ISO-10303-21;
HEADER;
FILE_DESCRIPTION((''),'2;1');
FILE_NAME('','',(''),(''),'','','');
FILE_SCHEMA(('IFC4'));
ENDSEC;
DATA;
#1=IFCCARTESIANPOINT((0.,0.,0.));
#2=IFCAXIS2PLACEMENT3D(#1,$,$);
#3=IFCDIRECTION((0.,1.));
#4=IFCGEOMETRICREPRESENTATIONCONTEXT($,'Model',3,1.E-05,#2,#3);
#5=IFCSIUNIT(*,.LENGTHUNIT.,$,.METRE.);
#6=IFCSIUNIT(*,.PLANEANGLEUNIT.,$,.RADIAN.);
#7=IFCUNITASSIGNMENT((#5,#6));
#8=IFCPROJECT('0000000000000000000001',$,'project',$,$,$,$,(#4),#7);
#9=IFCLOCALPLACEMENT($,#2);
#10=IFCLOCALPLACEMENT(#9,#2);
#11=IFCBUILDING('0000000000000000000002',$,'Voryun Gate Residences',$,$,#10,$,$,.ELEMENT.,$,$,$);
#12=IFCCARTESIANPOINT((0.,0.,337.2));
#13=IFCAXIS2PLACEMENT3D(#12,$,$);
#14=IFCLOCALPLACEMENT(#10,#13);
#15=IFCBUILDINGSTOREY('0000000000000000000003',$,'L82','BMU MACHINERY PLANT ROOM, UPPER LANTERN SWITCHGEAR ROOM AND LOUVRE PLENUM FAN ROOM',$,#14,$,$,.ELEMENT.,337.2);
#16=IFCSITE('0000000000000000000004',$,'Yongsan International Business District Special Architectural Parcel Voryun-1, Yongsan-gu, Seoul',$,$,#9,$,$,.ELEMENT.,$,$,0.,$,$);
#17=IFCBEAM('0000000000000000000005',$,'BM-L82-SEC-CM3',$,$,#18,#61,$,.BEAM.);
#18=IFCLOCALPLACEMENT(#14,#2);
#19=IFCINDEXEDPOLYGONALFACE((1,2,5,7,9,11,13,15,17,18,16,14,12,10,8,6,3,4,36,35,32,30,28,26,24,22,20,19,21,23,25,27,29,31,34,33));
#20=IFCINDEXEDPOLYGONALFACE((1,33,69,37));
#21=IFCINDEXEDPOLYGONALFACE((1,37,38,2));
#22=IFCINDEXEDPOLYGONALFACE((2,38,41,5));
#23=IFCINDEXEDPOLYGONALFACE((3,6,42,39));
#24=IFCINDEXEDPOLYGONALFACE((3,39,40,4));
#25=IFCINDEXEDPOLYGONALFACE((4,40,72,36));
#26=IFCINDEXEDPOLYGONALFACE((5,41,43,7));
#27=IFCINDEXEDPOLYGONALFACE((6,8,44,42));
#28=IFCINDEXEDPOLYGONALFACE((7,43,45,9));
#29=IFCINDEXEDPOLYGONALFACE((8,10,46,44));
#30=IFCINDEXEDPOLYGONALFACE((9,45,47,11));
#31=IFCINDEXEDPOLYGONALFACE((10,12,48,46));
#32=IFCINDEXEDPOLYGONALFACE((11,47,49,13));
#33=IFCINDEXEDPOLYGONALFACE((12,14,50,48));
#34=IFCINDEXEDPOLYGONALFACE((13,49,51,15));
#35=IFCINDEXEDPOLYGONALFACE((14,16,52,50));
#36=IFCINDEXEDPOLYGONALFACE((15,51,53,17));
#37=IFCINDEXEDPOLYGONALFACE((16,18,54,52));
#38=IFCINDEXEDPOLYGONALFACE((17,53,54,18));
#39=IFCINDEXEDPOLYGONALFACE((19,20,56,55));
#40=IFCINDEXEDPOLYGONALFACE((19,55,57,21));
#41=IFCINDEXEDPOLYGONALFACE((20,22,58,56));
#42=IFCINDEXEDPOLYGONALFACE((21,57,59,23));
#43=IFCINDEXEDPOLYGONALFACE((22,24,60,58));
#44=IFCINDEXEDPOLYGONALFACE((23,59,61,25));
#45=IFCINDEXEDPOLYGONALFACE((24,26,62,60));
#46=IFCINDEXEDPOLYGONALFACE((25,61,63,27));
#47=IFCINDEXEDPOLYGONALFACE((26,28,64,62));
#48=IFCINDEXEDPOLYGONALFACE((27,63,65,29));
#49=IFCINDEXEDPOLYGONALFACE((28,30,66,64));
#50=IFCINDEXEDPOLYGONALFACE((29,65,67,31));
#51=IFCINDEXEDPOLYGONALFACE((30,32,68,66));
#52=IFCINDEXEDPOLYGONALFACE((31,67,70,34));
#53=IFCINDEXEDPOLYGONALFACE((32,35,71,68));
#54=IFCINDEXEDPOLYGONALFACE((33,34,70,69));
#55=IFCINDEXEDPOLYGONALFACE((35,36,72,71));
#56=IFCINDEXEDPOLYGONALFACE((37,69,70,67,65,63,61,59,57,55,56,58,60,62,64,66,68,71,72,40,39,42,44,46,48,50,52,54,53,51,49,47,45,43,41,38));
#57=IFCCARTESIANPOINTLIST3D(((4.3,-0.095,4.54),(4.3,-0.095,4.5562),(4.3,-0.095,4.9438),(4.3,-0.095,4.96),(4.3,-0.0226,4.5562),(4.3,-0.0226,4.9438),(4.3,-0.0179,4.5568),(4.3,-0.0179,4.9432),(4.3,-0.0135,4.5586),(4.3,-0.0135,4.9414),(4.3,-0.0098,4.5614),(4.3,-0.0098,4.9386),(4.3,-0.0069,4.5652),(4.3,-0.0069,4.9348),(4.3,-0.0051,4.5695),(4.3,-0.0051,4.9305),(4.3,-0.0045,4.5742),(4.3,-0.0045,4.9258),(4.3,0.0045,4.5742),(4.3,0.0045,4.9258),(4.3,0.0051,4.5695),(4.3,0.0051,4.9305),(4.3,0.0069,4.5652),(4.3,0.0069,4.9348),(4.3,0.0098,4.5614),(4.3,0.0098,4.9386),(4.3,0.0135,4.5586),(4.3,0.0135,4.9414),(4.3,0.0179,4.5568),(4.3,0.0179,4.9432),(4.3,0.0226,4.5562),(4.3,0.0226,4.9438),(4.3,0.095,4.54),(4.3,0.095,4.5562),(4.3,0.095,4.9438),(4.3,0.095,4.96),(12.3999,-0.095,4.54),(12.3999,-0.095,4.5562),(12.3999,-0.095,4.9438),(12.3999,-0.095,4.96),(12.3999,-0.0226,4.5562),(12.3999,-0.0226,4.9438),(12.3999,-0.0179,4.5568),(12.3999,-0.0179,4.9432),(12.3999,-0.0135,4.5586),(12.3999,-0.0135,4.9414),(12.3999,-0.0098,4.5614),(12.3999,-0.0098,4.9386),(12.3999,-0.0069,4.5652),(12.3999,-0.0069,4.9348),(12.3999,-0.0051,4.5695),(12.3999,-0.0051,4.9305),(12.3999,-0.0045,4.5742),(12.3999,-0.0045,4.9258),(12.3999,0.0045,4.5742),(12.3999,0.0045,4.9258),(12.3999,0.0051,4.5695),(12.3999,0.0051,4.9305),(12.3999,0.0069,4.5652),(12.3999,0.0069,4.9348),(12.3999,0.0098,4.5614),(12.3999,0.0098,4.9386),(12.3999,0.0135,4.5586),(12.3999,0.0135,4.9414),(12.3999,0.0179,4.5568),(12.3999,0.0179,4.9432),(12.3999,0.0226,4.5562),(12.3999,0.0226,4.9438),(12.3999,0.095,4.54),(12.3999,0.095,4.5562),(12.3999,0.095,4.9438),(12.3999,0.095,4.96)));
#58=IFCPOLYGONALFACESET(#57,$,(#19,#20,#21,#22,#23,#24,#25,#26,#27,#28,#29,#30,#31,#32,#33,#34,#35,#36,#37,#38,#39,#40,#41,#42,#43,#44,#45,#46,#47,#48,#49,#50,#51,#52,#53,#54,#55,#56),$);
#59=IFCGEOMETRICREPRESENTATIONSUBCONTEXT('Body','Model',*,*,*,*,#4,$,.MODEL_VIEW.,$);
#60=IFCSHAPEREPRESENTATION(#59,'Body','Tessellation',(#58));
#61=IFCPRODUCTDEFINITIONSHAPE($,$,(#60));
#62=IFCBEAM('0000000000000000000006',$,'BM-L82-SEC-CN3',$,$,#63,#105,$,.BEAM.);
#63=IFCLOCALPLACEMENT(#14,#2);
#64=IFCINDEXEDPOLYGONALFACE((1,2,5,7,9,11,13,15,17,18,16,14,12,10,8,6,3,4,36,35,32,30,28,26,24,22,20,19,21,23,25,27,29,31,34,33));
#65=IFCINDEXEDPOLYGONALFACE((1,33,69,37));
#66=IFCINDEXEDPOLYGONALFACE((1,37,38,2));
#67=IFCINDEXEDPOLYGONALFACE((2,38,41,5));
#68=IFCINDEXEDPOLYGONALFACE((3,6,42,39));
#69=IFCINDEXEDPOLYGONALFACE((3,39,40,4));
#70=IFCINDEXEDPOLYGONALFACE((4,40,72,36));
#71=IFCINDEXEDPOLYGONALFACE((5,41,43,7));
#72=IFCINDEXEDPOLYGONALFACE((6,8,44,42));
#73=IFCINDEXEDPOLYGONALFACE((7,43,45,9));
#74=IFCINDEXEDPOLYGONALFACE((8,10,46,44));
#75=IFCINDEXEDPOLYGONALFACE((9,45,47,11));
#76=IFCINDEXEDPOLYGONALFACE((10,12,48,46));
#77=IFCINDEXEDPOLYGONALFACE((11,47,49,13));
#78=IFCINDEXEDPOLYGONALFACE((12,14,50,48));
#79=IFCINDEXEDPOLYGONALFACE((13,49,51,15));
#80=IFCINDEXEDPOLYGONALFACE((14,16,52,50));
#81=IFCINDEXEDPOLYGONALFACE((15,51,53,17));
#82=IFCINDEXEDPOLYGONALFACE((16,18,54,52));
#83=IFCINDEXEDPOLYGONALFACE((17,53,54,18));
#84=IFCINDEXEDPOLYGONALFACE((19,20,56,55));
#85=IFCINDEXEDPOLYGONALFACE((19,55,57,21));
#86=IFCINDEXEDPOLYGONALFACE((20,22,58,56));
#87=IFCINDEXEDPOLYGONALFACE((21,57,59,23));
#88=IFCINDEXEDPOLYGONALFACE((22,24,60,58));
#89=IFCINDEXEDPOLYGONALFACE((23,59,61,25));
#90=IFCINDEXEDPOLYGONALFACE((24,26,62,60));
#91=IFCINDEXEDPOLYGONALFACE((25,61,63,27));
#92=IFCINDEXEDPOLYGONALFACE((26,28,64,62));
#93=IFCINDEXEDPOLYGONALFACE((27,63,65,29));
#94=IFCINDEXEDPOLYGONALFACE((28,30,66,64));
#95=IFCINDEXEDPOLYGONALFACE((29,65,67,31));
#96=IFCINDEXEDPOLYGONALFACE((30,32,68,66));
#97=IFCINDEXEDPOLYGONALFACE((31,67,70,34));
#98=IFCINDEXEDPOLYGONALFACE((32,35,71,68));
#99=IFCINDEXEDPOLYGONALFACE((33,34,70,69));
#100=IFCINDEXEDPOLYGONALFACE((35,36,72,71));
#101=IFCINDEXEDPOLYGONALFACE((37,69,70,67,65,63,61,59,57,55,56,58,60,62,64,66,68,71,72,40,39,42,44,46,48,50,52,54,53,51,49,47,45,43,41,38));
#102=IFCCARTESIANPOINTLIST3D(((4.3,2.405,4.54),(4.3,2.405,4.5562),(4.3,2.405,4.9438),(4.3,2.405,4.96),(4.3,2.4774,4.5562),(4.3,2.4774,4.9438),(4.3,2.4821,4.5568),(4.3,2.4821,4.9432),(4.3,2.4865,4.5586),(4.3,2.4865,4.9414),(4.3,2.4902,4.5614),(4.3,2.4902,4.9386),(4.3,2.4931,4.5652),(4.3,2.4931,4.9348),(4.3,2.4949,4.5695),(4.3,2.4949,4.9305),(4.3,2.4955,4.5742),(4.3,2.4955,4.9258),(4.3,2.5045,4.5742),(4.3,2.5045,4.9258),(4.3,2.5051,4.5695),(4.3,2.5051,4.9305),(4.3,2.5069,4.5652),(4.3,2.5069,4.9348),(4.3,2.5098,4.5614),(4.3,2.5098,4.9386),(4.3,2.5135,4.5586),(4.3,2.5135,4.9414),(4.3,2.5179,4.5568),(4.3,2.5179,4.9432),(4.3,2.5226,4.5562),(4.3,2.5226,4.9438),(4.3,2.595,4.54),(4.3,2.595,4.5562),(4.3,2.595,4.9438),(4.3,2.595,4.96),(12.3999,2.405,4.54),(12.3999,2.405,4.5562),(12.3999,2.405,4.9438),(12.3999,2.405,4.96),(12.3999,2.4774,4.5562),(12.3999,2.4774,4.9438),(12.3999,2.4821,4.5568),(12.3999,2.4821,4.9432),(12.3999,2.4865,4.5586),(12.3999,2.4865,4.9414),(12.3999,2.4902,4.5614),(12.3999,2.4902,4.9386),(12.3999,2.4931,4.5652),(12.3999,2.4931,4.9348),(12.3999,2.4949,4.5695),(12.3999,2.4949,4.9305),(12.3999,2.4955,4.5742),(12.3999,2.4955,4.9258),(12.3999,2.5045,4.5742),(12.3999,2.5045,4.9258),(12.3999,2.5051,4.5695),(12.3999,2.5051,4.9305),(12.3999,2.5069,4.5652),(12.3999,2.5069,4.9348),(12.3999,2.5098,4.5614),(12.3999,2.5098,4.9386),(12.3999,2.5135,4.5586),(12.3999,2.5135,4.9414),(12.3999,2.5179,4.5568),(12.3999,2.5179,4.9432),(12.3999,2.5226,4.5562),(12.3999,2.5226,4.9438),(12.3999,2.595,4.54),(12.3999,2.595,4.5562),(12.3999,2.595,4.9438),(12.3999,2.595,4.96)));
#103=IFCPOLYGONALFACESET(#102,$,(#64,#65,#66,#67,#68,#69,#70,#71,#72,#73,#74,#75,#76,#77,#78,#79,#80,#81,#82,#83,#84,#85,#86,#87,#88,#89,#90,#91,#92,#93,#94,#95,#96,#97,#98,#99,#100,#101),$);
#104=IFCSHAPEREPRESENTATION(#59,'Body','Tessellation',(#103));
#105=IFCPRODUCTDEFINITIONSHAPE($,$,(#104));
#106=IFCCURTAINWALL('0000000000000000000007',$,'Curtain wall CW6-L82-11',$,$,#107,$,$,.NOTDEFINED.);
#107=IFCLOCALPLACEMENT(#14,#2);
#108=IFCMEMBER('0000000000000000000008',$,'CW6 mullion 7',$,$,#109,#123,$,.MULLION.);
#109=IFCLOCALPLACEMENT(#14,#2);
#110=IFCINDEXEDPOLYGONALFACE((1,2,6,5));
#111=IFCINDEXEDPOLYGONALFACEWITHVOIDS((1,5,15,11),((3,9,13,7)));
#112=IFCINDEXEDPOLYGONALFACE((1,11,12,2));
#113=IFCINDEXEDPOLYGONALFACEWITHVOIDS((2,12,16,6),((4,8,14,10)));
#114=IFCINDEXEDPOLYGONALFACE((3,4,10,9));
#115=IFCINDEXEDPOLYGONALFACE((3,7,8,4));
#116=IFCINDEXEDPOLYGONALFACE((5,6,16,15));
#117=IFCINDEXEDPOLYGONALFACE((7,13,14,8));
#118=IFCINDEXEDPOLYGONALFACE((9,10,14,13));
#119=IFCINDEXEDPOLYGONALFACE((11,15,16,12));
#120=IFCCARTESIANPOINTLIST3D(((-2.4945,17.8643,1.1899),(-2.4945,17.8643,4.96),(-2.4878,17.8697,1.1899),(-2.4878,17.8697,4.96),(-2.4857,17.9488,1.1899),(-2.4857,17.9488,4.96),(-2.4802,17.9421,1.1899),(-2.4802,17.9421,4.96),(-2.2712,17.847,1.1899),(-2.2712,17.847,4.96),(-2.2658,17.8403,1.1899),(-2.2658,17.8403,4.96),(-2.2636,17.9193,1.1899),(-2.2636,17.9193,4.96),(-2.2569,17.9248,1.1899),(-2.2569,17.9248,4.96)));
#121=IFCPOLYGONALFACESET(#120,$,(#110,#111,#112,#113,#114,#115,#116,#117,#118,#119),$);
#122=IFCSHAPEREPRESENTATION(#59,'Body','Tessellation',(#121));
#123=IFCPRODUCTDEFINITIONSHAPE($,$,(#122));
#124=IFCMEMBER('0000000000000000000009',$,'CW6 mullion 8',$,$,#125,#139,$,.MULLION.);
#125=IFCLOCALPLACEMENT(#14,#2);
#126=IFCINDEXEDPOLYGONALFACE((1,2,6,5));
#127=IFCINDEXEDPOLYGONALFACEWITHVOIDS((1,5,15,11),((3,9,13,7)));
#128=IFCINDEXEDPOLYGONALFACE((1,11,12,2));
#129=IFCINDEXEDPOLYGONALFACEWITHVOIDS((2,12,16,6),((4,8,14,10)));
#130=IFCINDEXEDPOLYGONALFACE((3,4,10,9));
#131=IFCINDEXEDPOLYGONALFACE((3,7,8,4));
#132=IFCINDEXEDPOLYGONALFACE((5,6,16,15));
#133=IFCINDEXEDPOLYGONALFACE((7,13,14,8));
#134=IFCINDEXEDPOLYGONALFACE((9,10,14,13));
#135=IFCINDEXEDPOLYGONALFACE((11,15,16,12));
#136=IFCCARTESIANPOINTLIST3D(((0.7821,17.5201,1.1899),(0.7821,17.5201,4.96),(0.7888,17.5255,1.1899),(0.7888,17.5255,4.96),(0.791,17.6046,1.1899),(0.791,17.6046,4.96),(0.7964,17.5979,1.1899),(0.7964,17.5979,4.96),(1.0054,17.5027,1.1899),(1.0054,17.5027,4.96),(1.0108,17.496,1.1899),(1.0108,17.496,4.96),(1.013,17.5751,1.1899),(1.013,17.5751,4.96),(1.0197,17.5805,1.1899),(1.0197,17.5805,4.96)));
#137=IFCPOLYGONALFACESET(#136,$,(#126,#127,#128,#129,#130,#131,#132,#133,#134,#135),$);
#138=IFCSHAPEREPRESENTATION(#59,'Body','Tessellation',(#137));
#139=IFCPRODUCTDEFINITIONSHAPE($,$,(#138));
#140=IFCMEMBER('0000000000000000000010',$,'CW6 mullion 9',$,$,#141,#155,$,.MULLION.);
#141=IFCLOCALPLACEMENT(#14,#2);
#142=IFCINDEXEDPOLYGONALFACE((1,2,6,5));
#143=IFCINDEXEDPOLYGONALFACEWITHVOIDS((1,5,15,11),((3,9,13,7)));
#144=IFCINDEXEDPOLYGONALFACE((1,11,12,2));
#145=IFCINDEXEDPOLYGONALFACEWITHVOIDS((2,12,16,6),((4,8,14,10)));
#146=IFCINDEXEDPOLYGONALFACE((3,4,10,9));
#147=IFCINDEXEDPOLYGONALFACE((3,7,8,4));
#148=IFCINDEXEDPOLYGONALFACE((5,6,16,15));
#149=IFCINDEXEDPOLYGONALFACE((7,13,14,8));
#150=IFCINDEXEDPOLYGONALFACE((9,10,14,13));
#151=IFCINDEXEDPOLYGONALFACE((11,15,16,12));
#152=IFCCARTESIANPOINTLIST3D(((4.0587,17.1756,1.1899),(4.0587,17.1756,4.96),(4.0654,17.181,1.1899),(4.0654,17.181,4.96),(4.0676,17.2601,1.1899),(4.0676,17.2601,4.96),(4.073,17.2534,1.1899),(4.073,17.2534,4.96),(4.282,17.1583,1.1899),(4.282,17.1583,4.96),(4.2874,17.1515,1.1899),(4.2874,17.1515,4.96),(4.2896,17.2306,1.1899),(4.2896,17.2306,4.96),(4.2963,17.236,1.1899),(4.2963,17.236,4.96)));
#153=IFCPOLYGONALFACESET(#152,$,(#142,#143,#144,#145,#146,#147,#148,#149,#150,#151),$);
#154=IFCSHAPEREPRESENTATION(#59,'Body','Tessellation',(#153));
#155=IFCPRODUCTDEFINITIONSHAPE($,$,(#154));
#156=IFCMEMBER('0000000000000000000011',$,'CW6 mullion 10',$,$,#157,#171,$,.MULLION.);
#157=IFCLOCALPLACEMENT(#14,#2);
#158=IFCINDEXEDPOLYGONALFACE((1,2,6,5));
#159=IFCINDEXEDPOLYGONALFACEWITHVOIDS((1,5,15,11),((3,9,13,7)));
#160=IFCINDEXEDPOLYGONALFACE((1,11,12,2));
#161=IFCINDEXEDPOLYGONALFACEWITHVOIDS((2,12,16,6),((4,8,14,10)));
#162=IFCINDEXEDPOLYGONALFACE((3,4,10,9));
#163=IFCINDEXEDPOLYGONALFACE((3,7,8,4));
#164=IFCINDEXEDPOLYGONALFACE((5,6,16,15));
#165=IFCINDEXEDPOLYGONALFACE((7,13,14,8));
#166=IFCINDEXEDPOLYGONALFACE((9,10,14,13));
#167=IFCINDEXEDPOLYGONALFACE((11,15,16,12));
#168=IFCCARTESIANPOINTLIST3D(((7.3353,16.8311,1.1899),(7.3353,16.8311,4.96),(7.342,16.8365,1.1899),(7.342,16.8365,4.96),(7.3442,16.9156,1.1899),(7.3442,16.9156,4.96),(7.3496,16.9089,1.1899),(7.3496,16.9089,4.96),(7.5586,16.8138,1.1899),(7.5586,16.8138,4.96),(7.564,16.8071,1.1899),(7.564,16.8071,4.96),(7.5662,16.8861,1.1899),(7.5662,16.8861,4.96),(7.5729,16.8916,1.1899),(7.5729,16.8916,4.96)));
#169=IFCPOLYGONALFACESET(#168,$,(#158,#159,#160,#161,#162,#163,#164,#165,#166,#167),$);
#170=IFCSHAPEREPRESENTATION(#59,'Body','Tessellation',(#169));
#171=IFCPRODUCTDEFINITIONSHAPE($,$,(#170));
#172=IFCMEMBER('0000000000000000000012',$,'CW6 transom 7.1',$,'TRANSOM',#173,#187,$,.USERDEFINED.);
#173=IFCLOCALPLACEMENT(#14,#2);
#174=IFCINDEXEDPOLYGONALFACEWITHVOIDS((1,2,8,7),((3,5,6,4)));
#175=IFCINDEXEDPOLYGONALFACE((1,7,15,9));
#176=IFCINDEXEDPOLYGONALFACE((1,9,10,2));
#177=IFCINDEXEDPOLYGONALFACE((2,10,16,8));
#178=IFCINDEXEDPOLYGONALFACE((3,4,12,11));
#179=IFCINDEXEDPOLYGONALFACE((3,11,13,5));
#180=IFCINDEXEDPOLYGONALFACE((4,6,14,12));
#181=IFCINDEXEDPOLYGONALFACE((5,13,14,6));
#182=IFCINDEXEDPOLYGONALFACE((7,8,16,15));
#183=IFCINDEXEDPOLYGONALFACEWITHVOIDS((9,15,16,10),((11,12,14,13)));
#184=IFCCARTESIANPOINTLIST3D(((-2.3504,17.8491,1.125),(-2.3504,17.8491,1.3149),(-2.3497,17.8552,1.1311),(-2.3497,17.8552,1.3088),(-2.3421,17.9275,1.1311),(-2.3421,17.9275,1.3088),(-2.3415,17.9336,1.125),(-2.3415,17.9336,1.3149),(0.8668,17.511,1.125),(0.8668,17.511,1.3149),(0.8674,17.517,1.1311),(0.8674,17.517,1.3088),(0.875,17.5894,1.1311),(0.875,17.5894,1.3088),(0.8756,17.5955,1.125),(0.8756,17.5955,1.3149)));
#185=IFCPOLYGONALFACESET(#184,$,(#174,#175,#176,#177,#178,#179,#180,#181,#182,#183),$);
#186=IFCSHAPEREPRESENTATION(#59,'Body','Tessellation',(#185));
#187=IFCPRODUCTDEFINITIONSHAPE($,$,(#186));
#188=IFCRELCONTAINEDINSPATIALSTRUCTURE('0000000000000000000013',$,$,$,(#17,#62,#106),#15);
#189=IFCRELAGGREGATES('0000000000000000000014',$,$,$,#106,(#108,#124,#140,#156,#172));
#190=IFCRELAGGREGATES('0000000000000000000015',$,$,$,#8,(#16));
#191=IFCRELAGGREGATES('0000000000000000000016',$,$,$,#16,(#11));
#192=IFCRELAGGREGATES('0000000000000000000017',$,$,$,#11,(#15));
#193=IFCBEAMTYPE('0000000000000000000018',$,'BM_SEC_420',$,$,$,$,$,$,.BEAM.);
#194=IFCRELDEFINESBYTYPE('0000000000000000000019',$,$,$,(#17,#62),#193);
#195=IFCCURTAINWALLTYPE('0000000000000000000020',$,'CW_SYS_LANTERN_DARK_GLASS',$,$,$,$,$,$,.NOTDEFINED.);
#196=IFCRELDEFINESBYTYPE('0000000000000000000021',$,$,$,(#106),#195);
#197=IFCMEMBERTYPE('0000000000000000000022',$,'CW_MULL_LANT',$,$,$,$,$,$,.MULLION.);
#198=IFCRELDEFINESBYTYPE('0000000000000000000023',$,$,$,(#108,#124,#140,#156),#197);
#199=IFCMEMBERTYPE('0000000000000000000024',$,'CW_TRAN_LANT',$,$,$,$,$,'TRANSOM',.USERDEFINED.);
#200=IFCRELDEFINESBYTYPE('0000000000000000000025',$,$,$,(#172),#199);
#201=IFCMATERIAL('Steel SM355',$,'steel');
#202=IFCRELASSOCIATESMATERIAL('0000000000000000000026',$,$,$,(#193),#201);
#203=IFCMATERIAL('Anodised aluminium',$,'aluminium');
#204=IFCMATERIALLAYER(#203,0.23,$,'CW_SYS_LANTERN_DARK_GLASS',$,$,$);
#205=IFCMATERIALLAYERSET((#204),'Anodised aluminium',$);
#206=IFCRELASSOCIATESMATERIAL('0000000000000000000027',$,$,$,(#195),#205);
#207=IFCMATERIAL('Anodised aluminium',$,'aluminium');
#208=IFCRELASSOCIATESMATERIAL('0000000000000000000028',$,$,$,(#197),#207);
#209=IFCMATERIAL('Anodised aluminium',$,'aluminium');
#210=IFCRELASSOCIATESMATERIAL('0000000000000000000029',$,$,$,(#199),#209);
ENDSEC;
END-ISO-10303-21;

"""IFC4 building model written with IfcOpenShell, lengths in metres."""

from ifc_helpers import new_model, si_unit, direction, frame, origin, origin_2d, place, context, subcontext, project, spatial, hollow_rectangle, i_section, extrude, material, layer, layer_set, material_profile, profile_set, type_object, element, aggregate, save


model = new_model("IFC4")

# Units and contexts
model_context = context("Model", 3, precision=1e-05, world=origin(), true_north=direction((0.0, 1.0)))
body_context = subcontext(model_context, "Body", "Model", "MODEL_VIEW")
ifc_project = project(units=[si_unit("LENGTHUNIT", "METRE"), si_unit("PLANEANGLEUNIT", "RADIAN")], contexts=[model_context])

# Site, building, storey
site_placement = place(None, origin())
site = spatial("IfcSite", under=ifc_project, at=site_placement, Name="Yongsan International Business District Special Architectural Parcel Voryun-1, Yongsan-gu, Seoul", CompositionType="ELEMENT", RefElevation=0.0)
building_placement = place(site_placement, origin())
building = spatial("IfcBuilding", under=site, at=building_placement, Name="Voryun Gate Residences", CompositionType="ELEMENT")
storey_placement = place(building_placement, frame((0.0, 0.0, 337.2)))
storey = spatial("IfcBuildingStorey", under=building, at=storey_placement, Name="L82", Description="BMU MACHINERY PLANT ROOM, UPPER LANTERN SWITCHGEAR ROOM AND LOUVRE PLENUM FAN ROOM", CompositionType="ELEMENT", Elevation=337.2)

# Beams
ifc_material_1 = material(Name="Steel SM355", Category="steel")
ifc_material_profile_1 = material_profile(ifc_material_1, i_section(OverallWidth=0.1899, OverallDepth=0.4199, WebThickness=0.009, FlangeThickness=0.0161, FilletRadius=0.0181, at=origin_2d()), Name="H-420x190x9x16")
ifc_profile_set_1 = profile_set([ifc_material_profile_1], Name="Steel SM355")
beam_type_1 = type_object("IfcBeamType", Name="BM_SEC_420", PredefinedType="BEAM", material=ifc_profile_set_1)
for number, where, z_axis, x_axis, name in (
    (1, (4.3, 0.0, 4.75), (1.0, 0.0, 0.0), (0.0, 1.0, 0.0), "BM-L82-SEC-CM3"),
    (2, (4.3, 2.5, 4.75), (1.0, 0.0, 0.0), (0.0, 1.0, 0.0), "BM-L82-SEC-CN3"),
):
    element("IfcBeam", number, at=place(storey_placement, frame(where, z_axis=z_axis, x_axis=x_axis)), inside=storey, type_object=beam_type_1, Name=name, PredefinedType="BEAM", context=body_context, shape_type="SweptSolid", body=[
        extrude(i_section(OverallWidth=0.1899, OverallDepth=0.4199, WebThickness=0.009, FlangeThickness=0.0161, FilletRadius=0.0181, at=origin_2d()), origin(), (0.0, 0.0, 1.0), 8.0999),
    ])

# Curtain wall, members
ifc_material_2 = material(Name="Anodised aluminium", Category="aluminium")
ifc_layer_1 = layer(ifc_material_2, 0.23, Name="CW_SYS_LANTERN_DARK_GLASS")
ifc_layer_set_1 = layer_set([ifc_layer_1], Name="Anodised aluminium")
curtain_wall_type = type_object("IfcCurtainWallType", Name="CW_SYS_LANTERN_DARK_GLASS", PredefinedType="NOTDEFINED", material=ifc_layer_set_1)
curtain_wall_placement = place(storey_placement, origin())
curtain_wall = element("IfcCurtainWall", 3, at=curtain_wall_placement, inside=storey, type_object=curtain_wall_type, Name="Curtain wall CW6-L82-11", PredefinedType="NOTDEFINED")
ifc_material_3 = material(Name="Anodised aluminium", Category="aluminium")
ifc_material_profile_2 = material_profile(ifc_material_3, hollow_rectangle(XDim=0.085, YDim=0.23, WallThickness=0.0061, at=origin_2d()), Name="ALU-MULL-230x85x6")
ifc_profile_set_2 = profile_set([ifc_material_profile_2], Name="Anodised aluminium")
member_type_1 = type_object("IfcMemberType", Name="CW_MULL_LANT", PredefinedType="MULLION", material=ifc_profile_set_2)
member_1_placement = place(storey_placement, frame((-2.3757, 17.8945, 1.1899), z_axis=(0.0, 0.0, 1.0), x_axis=(0.104528, 0.994522, 0.0)))
member_1 = element("IfcMember", 4, at=member_1_placement, type_object=member_type_1, Name="CW6 mullion 7", PredefinedType="MULLION", context=body_context, shape_type="SweptSolid", body=[
    extrude(hollow_rectangle(XDim=0.085, YDim=0.23, WallThickness=0.0061, at=origin_2d()), origin(), (0.0, 0.0, 1.0), 3.77),
])
member_2_placement = place(storey_placement, frame((0.9009, 17.5503, 1.1899), z_axis=(0.0, 0.0, 1.0), x_axis=(0.104528, 0.994522, 0.0)))
member_2 = element("IfcMember", 5, at=member_2_placement, type_object=member_type_1, Name="CW6 mullion 8", PredefinedType="MULLION", context=body_context, shape_type="SweptSolid", body=[
    extrude(hollow_rectangle(XDim=0.085, YDim=0.23, WallThickness=0.0061, at=origin_2d()), origin(), (0.0, 0.0, 1.0), 3.77),
])
member_3_placement = place(storey_placement, frame((4.1775, 17.2058, 1.1899), z_axis=(0.0, 0.0, 1.0), x_axis=(0.104528, 0.994522, 0.0)))
member_3 = element("IfcMember", 6, at=member_3_placement, type_object=member_type_1, Name="CW6 mullion 9", PredefinedType="MULLION", context=body_context, shape_type="SweptSolid", body=[
    extrude(hollow_rectangle(XDim=0.085, YDim=0.23, WallThickness=0.0061, at=origin_2d()), origin(), (0.0, 0.0, 1.0), 3.77),
])
member_4_placement = place(storey_placement, frame((7.4541, 16.8613, 1.1899), z_axis=(0.0, 0.0, 1.0), x_axis=(0.104528, 0.994522, 0.0)))
member_4 = element("IfcMember", 7, at=member_4_placement, type_object=member_type_1, Name="CW6 mullion 10", PredefinedType="MULLION", context=body_context, shape_type="SweptSolid", body=[
    extrude(hollow_rectangle(XDim=0.085, YDim=0.23, WallThickness=0.0061, at=origin_2d()), origin(), (0.0, 0.0, 1.0), 3.77),
])
ifc_material_4 = material(Name="Anodised aluminium", Category="aluminium")
ifc_material_profile_3 = material_profile(ifc_material_4, hollow_rectangle(XDim=0.085, YDim=0.1899, WallThickness=0.0061, at=origin_2d()), Name="ALU-TRAN-190x85x6")
ifc_profile_set_3 = profile_set([ifc_material_profile_3], Name="Anodised aluminium")
member_type_2 = type_object("IfcMemberType", Name="CW_TRAN_LANT", ElementType="TRANSOM", PredefinedType="USERDEFINED", material=ifc_profile_set_3)
member_5_placement = place(storey_placement, frame((-2.3459, 17.8914, 1.22), z_axis=(0.994522, -0.104532, 0.0), x_axis=(0.104532, 0.994522, 0.0)))
member_5 = element("IfcMember", 8, at=member_5_placement, type_object=member_type_2, Name="CW6 transom 7.1", ObjectType="TRANSOM", PredefinedType="USERDEFINED", context=body_context, shape_type="SweptSolid", body=[
    extrude(hollow_rectangle(XDim=0.085, YDim=0.1899, WallThickness=0.0061, at=origin_2d()), origin(), (0.0, 0.0, 1.0), 3.2349),
])

aggregate(curtain_wall, [member_1, member_2, member_3, member_4, member_5])

save(model, "model.ifc")
